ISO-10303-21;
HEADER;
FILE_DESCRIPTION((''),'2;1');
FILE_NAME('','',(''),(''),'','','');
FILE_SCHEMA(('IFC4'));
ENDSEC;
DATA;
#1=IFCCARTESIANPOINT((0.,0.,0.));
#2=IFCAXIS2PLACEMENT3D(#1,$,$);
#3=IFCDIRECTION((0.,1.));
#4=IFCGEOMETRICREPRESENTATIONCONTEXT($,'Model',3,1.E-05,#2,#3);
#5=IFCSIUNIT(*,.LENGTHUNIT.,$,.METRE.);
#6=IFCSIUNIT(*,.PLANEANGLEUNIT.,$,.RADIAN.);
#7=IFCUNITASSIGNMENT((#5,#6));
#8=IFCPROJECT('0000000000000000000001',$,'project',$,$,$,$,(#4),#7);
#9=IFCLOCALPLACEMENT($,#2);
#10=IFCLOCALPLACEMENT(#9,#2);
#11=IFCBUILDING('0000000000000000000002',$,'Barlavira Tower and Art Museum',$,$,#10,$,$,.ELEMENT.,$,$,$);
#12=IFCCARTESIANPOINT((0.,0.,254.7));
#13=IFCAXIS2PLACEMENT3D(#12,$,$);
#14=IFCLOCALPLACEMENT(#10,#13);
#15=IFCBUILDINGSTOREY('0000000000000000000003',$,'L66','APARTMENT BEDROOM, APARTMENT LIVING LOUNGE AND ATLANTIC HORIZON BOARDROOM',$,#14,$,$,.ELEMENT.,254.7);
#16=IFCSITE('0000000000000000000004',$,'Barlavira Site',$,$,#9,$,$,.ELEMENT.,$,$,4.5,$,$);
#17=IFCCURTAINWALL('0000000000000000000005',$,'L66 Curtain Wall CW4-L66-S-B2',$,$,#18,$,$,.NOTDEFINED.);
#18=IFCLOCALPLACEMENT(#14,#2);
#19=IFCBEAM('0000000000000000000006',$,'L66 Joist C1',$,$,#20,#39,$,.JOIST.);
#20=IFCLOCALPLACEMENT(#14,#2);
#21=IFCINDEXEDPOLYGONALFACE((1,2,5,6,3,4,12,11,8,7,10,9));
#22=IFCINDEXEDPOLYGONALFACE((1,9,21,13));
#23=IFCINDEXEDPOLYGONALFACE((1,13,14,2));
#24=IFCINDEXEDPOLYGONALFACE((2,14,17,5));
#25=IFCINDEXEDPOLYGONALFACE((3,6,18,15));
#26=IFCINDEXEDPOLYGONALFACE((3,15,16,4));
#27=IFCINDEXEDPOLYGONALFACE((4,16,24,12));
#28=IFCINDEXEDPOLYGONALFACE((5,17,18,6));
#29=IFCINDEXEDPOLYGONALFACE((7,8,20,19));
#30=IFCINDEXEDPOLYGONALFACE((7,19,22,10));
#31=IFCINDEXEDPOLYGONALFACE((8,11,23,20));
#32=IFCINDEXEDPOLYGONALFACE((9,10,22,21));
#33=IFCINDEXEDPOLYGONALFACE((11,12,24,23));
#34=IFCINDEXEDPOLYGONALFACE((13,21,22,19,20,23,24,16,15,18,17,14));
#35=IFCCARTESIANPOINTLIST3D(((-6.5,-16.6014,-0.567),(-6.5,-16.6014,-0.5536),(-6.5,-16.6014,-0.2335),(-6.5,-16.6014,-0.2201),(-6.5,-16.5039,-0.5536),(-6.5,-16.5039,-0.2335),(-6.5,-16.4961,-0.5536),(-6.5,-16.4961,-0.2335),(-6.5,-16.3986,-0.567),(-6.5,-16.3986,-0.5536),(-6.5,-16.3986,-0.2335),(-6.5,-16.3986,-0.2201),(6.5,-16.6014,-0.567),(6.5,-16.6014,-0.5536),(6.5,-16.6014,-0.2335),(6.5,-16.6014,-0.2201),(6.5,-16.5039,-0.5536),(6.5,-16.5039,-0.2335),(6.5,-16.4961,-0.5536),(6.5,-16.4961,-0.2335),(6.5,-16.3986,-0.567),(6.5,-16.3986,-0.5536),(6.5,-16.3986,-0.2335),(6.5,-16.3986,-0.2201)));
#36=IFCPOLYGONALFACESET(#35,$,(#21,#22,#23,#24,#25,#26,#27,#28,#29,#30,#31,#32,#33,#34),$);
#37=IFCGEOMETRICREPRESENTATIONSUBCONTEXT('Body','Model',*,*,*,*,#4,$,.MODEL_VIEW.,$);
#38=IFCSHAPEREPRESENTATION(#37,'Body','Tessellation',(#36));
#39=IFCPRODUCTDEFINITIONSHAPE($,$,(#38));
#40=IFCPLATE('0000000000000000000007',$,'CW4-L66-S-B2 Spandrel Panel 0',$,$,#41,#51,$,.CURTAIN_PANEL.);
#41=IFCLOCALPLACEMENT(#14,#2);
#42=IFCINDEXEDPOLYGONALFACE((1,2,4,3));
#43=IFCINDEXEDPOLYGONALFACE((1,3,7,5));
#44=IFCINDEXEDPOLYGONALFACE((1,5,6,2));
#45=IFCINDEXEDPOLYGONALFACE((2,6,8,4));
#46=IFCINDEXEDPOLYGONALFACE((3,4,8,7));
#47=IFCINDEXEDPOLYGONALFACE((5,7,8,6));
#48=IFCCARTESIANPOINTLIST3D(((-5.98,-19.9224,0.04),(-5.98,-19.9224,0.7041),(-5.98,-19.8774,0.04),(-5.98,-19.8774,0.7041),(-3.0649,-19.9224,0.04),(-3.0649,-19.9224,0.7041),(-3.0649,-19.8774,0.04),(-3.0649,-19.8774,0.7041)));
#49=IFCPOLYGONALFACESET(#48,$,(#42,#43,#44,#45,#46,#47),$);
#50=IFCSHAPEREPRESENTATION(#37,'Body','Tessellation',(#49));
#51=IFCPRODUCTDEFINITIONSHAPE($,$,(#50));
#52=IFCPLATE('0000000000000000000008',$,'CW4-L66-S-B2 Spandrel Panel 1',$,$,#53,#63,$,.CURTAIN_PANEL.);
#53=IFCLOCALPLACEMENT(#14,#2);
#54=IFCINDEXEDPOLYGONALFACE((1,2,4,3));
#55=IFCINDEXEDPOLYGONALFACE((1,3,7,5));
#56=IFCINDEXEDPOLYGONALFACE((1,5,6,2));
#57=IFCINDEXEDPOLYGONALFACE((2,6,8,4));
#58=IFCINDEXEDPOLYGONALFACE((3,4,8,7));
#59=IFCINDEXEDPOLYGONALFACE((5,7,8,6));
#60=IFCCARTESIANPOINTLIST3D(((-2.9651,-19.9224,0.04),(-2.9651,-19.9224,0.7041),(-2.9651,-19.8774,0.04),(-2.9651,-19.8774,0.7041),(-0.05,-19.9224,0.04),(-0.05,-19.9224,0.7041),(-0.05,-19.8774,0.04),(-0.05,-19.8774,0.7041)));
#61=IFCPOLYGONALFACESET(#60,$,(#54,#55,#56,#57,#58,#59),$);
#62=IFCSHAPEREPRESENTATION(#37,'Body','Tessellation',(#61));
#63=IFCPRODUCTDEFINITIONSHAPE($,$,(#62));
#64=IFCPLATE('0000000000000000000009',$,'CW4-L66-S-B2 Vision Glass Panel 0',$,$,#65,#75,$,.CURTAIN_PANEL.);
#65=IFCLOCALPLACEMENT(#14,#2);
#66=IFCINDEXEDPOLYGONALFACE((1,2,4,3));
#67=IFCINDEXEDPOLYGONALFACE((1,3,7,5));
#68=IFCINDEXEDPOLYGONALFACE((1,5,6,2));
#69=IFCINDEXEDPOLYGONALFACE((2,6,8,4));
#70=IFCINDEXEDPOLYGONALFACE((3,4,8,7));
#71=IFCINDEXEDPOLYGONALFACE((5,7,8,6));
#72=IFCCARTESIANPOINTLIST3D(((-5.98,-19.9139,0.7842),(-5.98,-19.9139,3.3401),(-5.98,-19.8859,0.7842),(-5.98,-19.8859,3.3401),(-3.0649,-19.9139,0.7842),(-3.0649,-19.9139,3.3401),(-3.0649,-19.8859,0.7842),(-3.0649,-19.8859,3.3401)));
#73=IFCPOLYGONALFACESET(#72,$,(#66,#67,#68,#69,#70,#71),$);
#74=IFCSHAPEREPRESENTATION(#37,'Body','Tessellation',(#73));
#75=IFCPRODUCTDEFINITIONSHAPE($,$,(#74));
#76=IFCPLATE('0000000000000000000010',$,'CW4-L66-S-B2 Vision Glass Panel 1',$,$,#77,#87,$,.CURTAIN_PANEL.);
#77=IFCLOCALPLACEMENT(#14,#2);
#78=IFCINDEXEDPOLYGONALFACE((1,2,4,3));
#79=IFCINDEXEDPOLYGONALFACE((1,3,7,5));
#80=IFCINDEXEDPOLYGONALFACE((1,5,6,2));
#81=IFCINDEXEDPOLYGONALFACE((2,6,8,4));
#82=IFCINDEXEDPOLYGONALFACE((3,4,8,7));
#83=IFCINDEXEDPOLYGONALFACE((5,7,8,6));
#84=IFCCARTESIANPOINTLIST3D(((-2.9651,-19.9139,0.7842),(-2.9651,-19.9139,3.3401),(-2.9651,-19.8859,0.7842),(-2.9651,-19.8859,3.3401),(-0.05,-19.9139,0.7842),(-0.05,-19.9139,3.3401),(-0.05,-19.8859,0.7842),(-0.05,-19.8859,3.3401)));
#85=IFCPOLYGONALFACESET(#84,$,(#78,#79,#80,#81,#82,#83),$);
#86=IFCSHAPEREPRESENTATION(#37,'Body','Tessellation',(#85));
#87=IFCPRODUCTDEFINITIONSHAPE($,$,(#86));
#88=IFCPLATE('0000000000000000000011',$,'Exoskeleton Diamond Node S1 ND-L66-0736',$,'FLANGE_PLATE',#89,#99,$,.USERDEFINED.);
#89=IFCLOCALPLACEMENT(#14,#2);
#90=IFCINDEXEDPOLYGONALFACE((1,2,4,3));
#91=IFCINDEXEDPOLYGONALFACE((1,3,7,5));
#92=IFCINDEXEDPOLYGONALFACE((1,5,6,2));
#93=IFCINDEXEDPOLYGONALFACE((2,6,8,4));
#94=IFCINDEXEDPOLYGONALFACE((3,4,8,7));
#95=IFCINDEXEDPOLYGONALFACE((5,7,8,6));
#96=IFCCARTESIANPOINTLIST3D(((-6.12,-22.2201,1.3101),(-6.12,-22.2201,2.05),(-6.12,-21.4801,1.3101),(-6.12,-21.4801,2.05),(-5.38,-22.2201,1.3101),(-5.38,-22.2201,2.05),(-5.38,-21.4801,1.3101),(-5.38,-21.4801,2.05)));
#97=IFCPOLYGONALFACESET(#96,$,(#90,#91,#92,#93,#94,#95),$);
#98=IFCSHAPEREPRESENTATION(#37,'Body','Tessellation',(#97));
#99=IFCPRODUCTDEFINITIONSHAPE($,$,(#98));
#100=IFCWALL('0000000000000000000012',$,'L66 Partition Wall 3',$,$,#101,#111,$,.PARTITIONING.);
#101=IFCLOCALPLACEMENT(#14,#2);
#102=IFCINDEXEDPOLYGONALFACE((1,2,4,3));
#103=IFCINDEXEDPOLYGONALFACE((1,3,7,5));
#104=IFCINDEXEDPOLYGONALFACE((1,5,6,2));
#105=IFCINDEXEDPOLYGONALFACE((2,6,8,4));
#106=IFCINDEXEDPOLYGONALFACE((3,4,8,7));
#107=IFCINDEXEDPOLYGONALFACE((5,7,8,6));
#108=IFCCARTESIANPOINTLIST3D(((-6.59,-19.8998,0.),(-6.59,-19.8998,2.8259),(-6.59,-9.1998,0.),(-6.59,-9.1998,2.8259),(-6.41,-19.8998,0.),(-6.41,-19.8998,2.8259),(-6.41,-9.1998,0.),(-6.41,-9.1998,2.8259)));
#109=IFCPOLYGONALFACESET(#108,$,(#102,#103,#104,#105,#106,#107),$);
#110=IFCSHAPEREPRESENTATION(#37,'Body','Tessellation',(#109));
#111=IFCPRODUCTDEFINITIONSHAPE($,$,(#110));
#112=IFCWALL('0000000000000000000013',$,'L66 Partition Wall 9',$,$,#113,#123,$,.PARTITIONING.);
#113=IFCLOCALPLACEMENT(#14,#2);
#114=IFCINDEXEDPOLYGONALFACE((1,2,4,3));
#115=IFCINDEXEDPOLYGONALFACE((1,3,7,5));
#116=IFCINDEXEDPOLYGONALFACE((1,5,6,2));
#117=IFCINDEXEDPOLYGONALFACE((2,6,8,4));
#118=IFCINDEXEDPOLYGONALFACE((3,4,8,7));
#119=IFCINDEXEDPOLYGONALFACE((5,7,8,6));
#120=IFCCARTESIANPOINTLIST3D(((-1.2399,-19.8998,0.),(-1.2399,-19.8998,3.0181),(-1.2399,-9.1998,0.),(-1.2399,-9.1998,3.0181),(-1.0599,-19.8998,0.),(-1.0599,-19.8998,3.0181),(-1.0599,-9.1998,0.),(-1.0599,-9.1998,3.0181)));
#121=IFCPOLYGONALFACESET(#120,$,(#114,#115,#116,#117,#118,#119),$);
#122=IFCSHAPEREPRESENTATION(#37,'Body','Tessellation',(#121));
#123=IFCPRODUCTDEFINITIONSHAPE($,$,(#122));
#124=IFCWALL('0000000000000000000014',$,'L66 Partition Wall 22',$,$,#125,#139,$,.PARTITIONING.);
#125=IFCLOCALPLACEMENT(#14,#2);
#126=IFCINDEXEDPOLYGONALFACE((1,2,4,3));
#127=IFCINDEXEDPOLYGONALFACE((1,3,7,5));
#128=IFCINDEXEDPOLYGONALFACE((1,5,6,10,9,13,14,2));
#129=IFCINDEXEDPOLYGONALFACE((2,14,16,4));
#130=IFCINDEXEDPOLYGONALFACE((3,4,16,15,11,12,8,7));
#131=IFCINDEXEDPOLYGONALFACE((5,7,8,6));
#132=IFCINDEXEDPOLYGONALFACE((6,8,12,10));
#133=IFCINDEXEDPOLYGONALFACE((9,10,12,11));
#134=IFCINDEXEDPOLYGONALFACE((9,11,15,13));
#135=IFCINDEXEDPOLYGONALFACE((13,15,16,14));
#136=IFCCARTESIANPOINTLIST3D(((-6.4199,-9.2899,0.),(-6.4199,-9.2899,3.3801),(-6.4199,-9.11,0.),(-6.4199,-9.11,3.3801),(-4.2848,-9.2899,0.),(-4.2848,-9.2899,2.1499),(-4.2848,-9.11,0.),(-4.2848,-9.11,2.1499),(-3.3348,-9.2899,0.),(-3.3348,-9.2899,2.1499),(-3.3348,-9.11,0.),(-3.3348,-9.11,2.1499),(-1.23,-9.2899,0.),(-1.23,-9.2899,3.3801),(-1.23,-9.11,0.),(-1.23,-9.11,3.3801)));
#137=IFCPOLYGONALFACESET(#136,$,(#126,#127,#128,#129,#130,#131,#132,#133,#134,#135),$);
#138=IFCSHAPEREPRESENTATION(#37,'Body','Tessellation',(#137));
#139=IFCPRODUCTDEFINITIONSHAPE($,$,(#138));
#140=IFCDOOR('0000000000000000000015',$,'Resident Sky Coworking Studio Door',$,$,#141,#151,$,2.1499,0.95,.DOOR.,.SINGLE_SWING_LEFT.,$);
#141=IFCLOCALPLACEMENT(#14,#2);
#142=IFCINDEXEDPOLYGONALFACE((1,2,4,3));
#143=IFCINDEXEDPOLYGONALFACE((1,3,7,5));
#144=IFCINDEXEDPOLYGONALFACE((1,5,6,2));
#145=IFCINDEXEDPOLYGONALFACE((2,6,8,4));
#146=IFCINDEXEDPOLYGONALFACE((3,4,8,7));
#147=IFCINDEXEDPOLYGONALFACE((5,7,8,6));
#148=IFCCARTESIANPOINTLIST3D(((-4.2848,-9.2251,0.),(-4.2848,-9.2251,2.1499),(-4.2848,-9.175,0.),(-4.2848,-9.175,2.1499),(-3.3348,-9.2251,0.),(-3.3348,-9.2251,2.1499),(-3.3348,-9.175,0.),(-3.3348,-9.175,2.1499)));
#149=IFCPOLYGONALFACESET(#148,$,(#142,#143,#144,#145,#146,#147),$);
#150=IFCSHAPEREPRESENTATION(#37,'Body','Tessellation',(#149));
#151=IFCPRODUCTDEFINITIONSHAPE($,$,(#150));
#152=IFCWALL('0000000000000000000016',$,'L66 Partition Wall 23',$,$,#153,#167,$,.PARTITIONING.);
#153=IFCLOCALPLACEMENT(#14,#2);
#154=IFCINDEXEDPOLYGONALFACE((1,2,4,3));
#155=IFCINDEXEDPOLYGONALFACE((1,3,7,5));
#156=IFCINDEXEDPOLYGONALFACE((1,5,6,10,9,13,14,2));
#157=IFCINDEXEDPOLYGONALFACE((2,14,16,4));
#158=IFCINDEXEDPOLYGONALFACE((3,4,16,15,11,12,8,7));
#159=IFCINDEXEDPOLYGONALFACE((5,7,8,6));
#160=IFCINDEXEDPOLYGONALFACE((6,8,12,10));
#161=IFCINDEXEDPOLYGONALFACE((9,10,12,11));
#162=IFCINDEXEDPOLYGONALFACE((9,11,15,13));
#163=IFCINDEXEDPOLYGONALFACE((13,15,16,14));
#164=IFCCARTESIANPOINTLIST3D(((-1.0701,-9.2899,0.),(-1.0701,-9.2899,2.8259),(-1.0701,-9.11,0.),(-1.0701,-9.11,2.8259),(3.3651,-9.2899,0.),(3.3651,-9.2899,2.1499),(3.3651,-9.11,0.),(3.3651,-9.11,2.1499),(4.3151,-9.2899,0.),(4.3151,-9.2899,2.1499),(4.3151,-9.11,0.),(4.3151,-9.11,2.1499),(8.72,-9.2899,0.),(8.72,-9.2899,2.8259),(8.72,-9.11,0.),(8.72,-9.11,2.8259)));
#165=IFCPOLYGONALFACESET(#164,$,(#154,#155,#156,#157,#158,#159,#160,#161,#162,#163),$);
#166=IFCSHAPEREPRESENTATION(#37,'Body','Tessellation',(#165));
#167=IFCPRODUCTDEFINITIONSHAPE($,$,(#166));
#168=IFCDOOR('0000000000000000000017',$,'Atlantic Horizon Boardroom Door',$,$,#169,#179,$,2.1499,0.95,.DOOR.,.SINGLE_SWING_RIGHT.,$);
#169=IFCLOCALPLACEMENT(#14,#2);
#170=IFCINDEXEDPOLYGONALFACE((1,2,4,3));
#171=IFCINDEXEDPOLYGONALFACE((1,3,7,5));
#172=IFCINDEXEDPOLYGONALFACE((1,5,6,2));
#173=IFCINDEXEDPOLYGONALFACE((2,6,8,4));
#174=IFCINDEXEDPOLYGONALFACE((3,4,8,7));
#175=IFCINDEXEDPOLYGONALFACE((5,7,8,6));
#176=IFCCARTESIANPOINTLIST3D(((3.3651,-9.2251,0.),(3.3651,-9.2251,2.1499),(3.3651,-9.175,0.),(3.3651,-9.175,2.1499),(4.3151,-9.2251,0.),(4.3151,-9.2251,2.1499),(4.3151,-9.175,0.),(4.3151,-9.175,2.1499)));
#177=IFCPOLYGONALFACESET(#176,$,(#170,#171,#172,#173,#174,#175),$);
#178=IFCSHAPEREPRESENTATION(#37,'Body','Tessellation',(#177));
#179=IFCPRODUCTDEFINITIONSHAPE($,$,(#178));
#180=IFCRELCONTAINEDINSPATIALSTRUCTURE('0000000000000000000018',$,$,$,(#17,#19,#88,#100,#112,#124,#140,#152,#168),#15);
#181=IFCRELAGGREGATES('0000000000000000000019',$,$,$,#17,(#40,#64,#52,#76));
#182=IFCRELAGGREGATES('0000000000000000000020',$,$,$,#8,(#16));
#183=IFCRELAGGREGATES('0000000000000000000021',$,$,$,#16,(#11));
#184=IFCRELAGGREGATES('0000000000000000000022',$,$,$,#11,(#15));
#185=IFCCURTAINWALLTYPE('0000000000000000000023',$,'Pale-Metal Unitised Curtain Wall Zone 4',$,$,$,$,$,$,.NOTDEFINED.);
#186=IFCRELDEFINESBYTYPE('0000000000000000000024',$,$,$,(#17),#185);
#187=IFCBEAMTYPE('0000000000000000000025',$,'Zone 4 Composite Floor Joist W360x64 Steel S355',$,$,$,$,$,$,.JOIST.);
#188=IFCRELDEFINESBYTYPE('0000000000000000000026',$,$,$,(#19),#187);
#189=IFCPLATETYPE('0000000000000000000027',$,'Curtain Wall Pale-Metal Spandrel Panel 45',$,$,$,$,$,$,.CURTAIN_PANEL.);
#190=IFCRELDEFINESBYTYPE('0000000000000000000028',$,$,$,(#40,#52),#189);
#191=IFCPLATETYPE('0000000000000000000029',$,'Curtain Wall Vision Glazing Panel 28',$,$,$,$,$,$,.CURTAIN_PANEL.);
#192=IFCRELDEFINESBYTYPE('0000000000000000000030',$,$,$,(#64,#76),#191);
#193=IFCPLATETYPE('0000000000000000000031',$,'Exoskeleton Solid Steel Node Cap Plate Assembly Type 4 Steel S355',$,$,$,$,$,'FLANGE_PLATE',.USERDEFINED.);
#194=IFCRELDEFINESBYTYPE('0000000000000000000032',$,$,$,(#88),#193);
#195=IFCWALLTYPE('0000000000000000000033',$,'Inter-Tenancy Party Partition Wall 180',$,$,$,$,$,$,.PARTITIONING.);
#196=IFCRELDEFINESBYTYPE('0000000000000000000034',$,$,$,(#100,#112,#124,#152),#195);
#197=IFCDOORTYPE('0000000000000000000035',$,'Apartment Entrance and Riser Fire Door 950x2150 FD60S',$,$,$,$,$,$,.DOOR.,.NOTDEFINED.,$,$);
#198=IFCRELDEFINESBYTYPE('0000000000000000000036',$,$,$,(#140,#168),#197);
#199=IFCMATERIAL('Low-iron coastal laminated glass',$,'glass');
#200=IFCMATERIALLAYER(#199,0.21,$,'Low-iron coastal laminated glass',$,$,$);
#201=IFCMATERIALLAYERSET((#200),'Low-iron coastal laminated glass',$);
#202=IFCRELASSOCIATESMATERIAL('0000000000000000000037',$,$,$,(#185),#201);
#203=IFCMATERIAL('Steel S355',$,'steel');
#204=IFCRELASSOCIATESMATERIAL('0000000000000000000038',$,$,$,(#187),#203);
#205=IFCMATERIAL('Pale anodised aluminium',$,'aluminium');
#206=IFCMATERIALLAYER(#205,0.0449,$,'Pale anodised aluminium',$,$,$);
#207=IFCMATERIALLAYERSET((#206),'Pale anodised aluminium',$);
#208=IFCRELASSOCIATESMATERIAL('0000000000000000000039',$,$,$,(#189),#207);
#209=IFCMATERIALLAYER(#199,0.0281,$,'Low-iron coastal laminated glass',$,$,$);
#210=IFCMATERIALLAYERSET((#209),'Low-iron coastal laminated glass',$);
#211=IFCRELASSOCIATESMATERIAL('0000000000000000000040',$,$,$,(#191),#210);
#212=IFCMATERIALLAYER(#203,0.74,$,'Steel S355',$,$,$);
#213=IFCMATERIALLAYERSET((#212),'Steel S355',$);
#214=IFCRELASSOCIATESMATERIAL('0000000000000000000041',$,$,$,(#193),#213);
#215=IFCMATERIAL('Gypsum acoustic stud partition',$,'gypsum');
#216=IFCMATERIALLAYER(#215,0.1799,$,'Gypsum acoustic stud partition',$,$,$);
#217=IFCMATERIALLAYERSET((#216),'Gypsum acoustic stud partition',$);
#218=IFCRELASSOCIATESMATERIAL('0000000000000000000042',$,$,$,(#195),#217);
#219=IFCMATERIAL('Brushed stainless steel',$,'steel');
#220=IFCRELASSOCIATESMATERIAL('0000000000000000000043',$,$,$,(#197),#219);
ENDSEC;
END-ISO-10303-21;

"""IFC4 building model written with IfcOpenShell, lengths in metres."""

from ifc_helpers import new_model, si_unit, direction, frame, frame_2d, origin, origin_2d, place, context, subcontext, project, spatial, rectangle, i_section, extrude, material, layer, layer_set, material_profile, profile_set, type_object, element, fill, aggregate, save


model = new_model("IFC4")

# Units and contexts
model_context = context("Model", 3, precision=1e-05, world=origin(), true_north=direction((0.0, 1.0)))
body_context = subcontext(model_context, "Body", "Model", "MODEL_VIEW")
ifc_project = project(units=[si_unit("LENGTHUNIT", "METRE"), si_unit("PLANEANGLEUNIT", "RADIAN")], contexts=[model_context])

# Site, building, storey
site_placement = place(None, origin())
site = spatial("IfcSite", under=ifc_project, at=site_placement, Name="Barlavira Site", CompositionType="ELEMENT", RefElevation=4.5)
building_placement = place(site_placement, origin())
building = spatial("IfcBuilding", under=site, at=building_placement, Name="Barlavira Tower and Art Museum", CompositionType="ELEMENT")
storey_placement = place(building_placement, frame((0.0, 0.0, 254.7)))
storey = spatial("IfcBuildingStorey", under=building, at=storey_placement, Name="L66", Description="APARTMENT BEDROOM, APARTMENT LIVING LOUNGE AND ATLANTIC HORIZON BOARDROOM", CompositionType="ELEMENT", Elevation=254.7)

# Curtain wall
ifc_material_1 = material(Name="Low-iron coastal laminated glass", Category="glass")
ifc_layer_1 = layer(ifc_material_1, 0.21, Name="Low-iron coastal laminated glass")
ifc_layer_set_1 = layer_set([ifc_layer_1], Name="Low-iron coastal laminated glass")
curtain_wall_type = type_object("IfcCurtainWallType", Name="Pale-Metal Unitised Curtain Wall Zone 4", PredefinedType="NOTDEFINED", material=ifc_layer_set_1)
curtain_wall_placement = place(storey_placement, origin())
curtain_wall = element("IfcCurtainWall", 1, at=curtain_wall_placement, inside=storey, type_object=curtain_wall_type, Name="L66 Curtain Wall CW4-L66-S-B2", PredefinedType="NOTDEFINED")
ifc_material_2 = material(Name="Pale anodised aluminium", Category="aluminium")

# Beam
ifc_material_3 = material(Name="Steel S355", Category="steel")
ifc_material_profile_1 = material_profile(ifc_material_3, i_section(OverallWidth=0.2029, OverallDepth=0.3469, WebThickness=0.0078, FlangeThickness=0.0134, at=origin_2d()), Name="W360x64.0")
ifc_profile_set_1 = profile_set([ifc_material_profile_1], Name="Steel S355")
beam_type_1 = type_object("IfcBeamType", Name="Zone 4 Composite Floor Joist W360x64 Steel S355", PredefinedType="JOIST", material=ifc_profile_set_1)
beam_1_placement = place(storey_placement, frame((-6.5, -16.5, -0.3936), z_axis=(1.0, 0.0, 0.0), x_axis=(0.0, 1.0, 0.0)))
element("IfcBeam", 2, at=beam_1_placement, inside=storey, type_object=beam_type_1, Name="L66 Joist C1", PredefinedType="JOIST", context=body_context, shape_type="SweptSolid", body=[
    extrude(i_section(OverallWidth=0.2029, OverallDepth=0.3469, WebThickness=0.0078, FlangeThickness=0.0134, at=origin_2d()), origin(), (0.0, 0.0, 1.0), 13.0),
])

# Plates
ifc_layer_2 = layer(ifc_material_2, 0.0449, Name="Pale anodised aluminium")
ifc_layer_set_2 = layer_set([ifc_layer_2], Name="Pale anodised aluminium")
plate_type_1 = type_object("IfcPlateType", Name="Curtain Wall Pale-Metal Spandrel Panel 45", PredefinedType="CURTAIN_PANEL", material=ifc_layer_set_2)
plate_1_placement = place(storey_placement, frame((-4.5225, -19.8999, 0.04), z_axis=(0.0, 0.0, 1.0), x_axis=(1.0, 0.0, 0.0)))
plate_1 = element("IfcPlate", 3, at=plate_1_placement, type_object=plate_type_1, Name="CW4-L66-S-B2 Spandrel Panel 0", PredefinedType="CURTAIN_PANEL", context=body_context, shape_type="SweptSolid", body=[
    extrude(rectangle(XDim=2.915, YDim=0.0449, at=origin_2d()), origin(), (0.0, 0.0, 1.0), 0.6641),
])
plate_2_placement = place(storey_placement, frame((-1.5076, -19.8999, 0.04), z_axis=(0.0, 0.0, 1.0), x_axis=(1.0, 0.0, 0.0)))
plate_2 = element("IfcPlate", 4, at=plate_2_placement, type_object=plate_type_1, Name="CW4-L66-S-B2 Spandrel Panel 1", PredefinedType="CURTAIN_PANEL", context=body_context, shape_type="SweptSolid", body=[
    extrude(rectangle(XDim=2.915, YDim=0.0449, at=origin_2d()), origin(), (0.0, 0.0, 1.0), 0.6641),
])
ifc_layer_3 = layer(ifc_material_1, 0.0281, Name="Low-iron coastal laminated glass")
ifc_layer_set_3 = layer_set([ifc_layer_3], Name="Low-iron coastal laminated glass")
plate_type_2 = type_object("IfcPlateType", Name="Curtain Wall Vision Glazing Panel 28", PredefinedType="CURTAIN_PANEL", material=ifc_layer_set_3)
plate_3_placement = place(storey_placement, frame((-4.5225, -19.8999, 0.7842), z_axis=(0.0, 0.0, 1.0), x_axis=(1.0, 0.0, 0.0)))
plate_3 = element("IfcPlate", 5, at=plate_3_placement, type_object=plate_type_2, Name="CW4-L66-S-B2 Vision Glass Panel 0", PredefinedType="CURTAIN_PANEL", context=body_context, shape_type="SweptSolid", body=[
    extrude(rectangle(XDim=2.915, YDim=0.0281, at=origin_2d()), origin(), (0.0, 0.0, 1.0), 2.5559),
])
plate_4_placement = place(storey_placement, frame((-1.5076, -19.8999, 0.7842), z_axis=(0.0, 0.0, 1.0), x_axis=(1.0, 0.0, 0.0)))
plate_4 = element("IfcPlate", 6, at=plate_4_placement, type_object=plate_type_2, Name="CW4-L66-S-B2 Vision Glass Panel 1", PredefinedType="CURTAIN_PANEL", context=body_context, shape_type="SweptSolid", body=[
    extrude(rectangle(XDim=2.915, YDim=0.0281, at=origin_2d()), origin(), (0.0, 0.0, 1.0), 2.5559),
])
aggregate(curtain_wall, [plate_1, plate_3, plate_2, plate_4])
ifc_layer_4 = layer(ifc_material_3, 0.74, Name="Steel S355")
ifc_layer_set_4 = layer_set([ifc_layer_4], Name="Steel S355")
plate_type_3 = type_object("IfcPlateType", Name="Exoskeleton Solid Steel Node Cap Plate Assembly Type 4 Steel S355", ElementType="FLANGE_PLATE", PredefinedType="USERDEFINED", material=ifc_layer_set_4)
plate_5_placement = place(storey_placement, frame((-5.75, -21.8501, 1.3101), z_axis=(0.0, 0.0, 1.0), x_axis=(1.0, 0.0, 0.0)))
element("IfcPlate", 7, at=plate_5_placement, inside=storey, type_object=plate_type_3, Name="Exoskeleton Diamond Node S1 ND-L66-0736", ObjectType="FLANGE_PLATE", PredefinedType="USERDEFINED", context=body_context, shape_type="SweptSolid", body=[
    extrude(rectangle(XDim=0.74, YDim=0.74, at=origin_2d()), origin(), (0.0, 0.0, 1.0), 0.74),
])

# Walls
ifc_material_4 = material(Name="Gypsum acoustic stud partition", Category="gypsum")
ifc_layer_5 = layer(ifc_material_4, 0.1799, Name="Gypsum acoustic stud partition")
ifc_layer_set_5 = layer_set([ifc_layer_5], Name="Gypsum acoustic stud partition")
wall_type = type_object("IfcWallType", Name="Inter-Tenancy Party Partition Wall 180", PredefinedType="PARTITIONING", material=ifc_layer_set_5)
wall_1_placement = place(storey_placement, frame((-6.5, -19.8999, 0.0), z_axis=(0.0, 0.0, 1.0), x_axis=(0.0, 1.0, 0.0)))
element("IfcWall", 8, at=wall_1_placement, inside=storey, type_object=wall_type, Name="L66 Partition Wall 3", PredefinedType="PARTITIONING", context=body_context, shape_type="SweptSolid", body=[
    extrude(rectangle(XDim=10.7, YDim=0.1799, at=frame_2d((5.3501, 0.0))), origin(), (0.0, 0.0, 1.0), 2.8259),
])
wall_2_placement = place(storey_placement, frame((-1.1499, -19.8999, 0.0), z_axis=(0.0, 0.0, 1.0), x_axis=(0.0, 1.0, 0.0)))
element("IfcWall", 9, at=wall_2_placement, inside=storey, type_object=wall_type, Name="L66 Partition Wall 9", PredefinedType="PARTITIONING", context=body_context, shape_type="SweptSolid", body=[
    extrude(rectangle(XDim=10.7, YDim=0.1799, at=frame_2d((5.3501, 0.0))), origin(), (0.0, 0.0, 1.0), 3.0181),
])

# Walls, openings, doors
wall_3_placement = place(storey_placement, frame((-6.4199, -9.2, 0.0), z_axis=(0.0, 0.0, 1.0), x_axis=(1.0, 0.0, 0.0)))
wall_3 = element("IfcWall", 10, at=wall_3_placement, inside=storey, type_object=wall_type, Name="L66 Partition Wall 22", PredefinedType="PARTITIONING", context=body_context, shape_type="SweptSolid", body=[
    extrude(rectangle(XDim=5.1899, YDim=0.1799, at=frame_2d((2.595, 0.0))), origin(), (0.0, 0.0, 1.0), 3.3801),
])
opening_1_placement = place(wall_3_placement, frame((2.135, 0.0, 0.0)))
opening_1 = element("IfcOpeningElement", 11, at=opening_1_placement, cuts=wall_3, PredefinedType="OPENING", context=body_context, shape_type="SweptSolid", body=[
    extrude(rectangle(XDim=0.95, YDim=2.1499, at=frame_2d((0.4751, 1.075))), frame((0.0, 0.1001, 0.0), z_axis=(0.0, -1.0, 0.0), x_axis=(1.0, 0.0, 0.0)), (0.0, 0.0, 1.0), 0.2),
])
ifc_material_5 = material(Name="Brushed stainless steel", Category="steel")
door_type = type_object("IfcDoorType", Name="Apartment Entrance and Riser Fire Door 950x2150 FD60S", OperationType="NOTDEFINED", PredefinedType="DOOR", material=ifc_material_5)
door_1_placement = place(opening_1_placement, origin())
door_1 = element("IfcDoor", 12, at=door_1_placement, inside=storey, type_object=door_type, Name="Resident Sky Coworking Studio Door", OperationType="SINGLE_SWING_LEFT", OverallHeight=2.1499, OverallWidth=0.95, PredefinedType="DOOR", context=body_context, shape_type="SweptSolid", body=[
    extrude(rectangle(XDim=0.95, YDim=2.1499, at=frame_2d((0.4751, 1.075))), frame((0.0, 0.0249, 0.0), z_axis=(0.0, -1.0, 0.0), x_axis=(1.0, 0.0, 0.0)), (0.0, 0.0, 1.0), 0.05),
])
fill(opening_1, door_1)
wall_4_placement = place(storey_placement, frame((-1.0701, -9.2, 0.0), z_axis=(0.0, 0.0, 1.0), x_axis=(1.0, 0.0, 0.0)))
wall_4 = element("IfcWall", 13, at=wall_4_placement, inside=storey, type_object=wall_type, Name="L66 Partition Wall 23", PredefinedType="PARTITIONING", context=body_context, shape_type="SweptSolid", body=[
    extrude(rectangle(XDim=9.79, YDim=0.1799, at=frame_2d((4.895, 0.0))), origin(), (0.0, 0.0, 1.0), 2.8259),
])
opening_2_placement = place(wall_4_placement, frame((4.4351, 0.0, 0.0)))
opening_2 = element("IfcOpeningElement", 14, at=opening_2_placement, cuts=wall_4, PredefinedType="OPENING", context=body_context, shape_type="SweptSolid", body=[
    extrude(rectangle(XDim=0.95, YDim=2.1499, at=frame_2d((0.4751, 1.075))), frame((0.0, 0.1001, 0.0), z_axis=(0.0, -1.0, 0.0), x_axis=(1.0, 0.0, 0.0)), (0.0, 0.0, 1.0), 0.2),
])
door_2_placement = place(opening_2_placement, origin())
door_2 = element("IfcDoor", 15, at=door_2_placement, inside=storey, type_object=door_type, Name="Atlantic Horizon Boardroom Door", OperationType="SINGLE_SWING_RIGHT", OverallHeight=2.1499, OverallWidth=0.95, PredefinedType="DOOR", context=body_context, shape_type="SweptSolid", body=[
    extrude(rectangle(XDim=0.95, YDim=2.1499, at=frame_2d((0.4751, 1.075))), frame((0.0, 0.0249, 0.0), z_axis=(0.0, -1.0, 0.0), x_axis=(1.0, 0.0, 0.0)), (0.0, 0.0, 1.0), 0.05),
])
fill(opening_2, door_2)

save(model, "model.ifc")
